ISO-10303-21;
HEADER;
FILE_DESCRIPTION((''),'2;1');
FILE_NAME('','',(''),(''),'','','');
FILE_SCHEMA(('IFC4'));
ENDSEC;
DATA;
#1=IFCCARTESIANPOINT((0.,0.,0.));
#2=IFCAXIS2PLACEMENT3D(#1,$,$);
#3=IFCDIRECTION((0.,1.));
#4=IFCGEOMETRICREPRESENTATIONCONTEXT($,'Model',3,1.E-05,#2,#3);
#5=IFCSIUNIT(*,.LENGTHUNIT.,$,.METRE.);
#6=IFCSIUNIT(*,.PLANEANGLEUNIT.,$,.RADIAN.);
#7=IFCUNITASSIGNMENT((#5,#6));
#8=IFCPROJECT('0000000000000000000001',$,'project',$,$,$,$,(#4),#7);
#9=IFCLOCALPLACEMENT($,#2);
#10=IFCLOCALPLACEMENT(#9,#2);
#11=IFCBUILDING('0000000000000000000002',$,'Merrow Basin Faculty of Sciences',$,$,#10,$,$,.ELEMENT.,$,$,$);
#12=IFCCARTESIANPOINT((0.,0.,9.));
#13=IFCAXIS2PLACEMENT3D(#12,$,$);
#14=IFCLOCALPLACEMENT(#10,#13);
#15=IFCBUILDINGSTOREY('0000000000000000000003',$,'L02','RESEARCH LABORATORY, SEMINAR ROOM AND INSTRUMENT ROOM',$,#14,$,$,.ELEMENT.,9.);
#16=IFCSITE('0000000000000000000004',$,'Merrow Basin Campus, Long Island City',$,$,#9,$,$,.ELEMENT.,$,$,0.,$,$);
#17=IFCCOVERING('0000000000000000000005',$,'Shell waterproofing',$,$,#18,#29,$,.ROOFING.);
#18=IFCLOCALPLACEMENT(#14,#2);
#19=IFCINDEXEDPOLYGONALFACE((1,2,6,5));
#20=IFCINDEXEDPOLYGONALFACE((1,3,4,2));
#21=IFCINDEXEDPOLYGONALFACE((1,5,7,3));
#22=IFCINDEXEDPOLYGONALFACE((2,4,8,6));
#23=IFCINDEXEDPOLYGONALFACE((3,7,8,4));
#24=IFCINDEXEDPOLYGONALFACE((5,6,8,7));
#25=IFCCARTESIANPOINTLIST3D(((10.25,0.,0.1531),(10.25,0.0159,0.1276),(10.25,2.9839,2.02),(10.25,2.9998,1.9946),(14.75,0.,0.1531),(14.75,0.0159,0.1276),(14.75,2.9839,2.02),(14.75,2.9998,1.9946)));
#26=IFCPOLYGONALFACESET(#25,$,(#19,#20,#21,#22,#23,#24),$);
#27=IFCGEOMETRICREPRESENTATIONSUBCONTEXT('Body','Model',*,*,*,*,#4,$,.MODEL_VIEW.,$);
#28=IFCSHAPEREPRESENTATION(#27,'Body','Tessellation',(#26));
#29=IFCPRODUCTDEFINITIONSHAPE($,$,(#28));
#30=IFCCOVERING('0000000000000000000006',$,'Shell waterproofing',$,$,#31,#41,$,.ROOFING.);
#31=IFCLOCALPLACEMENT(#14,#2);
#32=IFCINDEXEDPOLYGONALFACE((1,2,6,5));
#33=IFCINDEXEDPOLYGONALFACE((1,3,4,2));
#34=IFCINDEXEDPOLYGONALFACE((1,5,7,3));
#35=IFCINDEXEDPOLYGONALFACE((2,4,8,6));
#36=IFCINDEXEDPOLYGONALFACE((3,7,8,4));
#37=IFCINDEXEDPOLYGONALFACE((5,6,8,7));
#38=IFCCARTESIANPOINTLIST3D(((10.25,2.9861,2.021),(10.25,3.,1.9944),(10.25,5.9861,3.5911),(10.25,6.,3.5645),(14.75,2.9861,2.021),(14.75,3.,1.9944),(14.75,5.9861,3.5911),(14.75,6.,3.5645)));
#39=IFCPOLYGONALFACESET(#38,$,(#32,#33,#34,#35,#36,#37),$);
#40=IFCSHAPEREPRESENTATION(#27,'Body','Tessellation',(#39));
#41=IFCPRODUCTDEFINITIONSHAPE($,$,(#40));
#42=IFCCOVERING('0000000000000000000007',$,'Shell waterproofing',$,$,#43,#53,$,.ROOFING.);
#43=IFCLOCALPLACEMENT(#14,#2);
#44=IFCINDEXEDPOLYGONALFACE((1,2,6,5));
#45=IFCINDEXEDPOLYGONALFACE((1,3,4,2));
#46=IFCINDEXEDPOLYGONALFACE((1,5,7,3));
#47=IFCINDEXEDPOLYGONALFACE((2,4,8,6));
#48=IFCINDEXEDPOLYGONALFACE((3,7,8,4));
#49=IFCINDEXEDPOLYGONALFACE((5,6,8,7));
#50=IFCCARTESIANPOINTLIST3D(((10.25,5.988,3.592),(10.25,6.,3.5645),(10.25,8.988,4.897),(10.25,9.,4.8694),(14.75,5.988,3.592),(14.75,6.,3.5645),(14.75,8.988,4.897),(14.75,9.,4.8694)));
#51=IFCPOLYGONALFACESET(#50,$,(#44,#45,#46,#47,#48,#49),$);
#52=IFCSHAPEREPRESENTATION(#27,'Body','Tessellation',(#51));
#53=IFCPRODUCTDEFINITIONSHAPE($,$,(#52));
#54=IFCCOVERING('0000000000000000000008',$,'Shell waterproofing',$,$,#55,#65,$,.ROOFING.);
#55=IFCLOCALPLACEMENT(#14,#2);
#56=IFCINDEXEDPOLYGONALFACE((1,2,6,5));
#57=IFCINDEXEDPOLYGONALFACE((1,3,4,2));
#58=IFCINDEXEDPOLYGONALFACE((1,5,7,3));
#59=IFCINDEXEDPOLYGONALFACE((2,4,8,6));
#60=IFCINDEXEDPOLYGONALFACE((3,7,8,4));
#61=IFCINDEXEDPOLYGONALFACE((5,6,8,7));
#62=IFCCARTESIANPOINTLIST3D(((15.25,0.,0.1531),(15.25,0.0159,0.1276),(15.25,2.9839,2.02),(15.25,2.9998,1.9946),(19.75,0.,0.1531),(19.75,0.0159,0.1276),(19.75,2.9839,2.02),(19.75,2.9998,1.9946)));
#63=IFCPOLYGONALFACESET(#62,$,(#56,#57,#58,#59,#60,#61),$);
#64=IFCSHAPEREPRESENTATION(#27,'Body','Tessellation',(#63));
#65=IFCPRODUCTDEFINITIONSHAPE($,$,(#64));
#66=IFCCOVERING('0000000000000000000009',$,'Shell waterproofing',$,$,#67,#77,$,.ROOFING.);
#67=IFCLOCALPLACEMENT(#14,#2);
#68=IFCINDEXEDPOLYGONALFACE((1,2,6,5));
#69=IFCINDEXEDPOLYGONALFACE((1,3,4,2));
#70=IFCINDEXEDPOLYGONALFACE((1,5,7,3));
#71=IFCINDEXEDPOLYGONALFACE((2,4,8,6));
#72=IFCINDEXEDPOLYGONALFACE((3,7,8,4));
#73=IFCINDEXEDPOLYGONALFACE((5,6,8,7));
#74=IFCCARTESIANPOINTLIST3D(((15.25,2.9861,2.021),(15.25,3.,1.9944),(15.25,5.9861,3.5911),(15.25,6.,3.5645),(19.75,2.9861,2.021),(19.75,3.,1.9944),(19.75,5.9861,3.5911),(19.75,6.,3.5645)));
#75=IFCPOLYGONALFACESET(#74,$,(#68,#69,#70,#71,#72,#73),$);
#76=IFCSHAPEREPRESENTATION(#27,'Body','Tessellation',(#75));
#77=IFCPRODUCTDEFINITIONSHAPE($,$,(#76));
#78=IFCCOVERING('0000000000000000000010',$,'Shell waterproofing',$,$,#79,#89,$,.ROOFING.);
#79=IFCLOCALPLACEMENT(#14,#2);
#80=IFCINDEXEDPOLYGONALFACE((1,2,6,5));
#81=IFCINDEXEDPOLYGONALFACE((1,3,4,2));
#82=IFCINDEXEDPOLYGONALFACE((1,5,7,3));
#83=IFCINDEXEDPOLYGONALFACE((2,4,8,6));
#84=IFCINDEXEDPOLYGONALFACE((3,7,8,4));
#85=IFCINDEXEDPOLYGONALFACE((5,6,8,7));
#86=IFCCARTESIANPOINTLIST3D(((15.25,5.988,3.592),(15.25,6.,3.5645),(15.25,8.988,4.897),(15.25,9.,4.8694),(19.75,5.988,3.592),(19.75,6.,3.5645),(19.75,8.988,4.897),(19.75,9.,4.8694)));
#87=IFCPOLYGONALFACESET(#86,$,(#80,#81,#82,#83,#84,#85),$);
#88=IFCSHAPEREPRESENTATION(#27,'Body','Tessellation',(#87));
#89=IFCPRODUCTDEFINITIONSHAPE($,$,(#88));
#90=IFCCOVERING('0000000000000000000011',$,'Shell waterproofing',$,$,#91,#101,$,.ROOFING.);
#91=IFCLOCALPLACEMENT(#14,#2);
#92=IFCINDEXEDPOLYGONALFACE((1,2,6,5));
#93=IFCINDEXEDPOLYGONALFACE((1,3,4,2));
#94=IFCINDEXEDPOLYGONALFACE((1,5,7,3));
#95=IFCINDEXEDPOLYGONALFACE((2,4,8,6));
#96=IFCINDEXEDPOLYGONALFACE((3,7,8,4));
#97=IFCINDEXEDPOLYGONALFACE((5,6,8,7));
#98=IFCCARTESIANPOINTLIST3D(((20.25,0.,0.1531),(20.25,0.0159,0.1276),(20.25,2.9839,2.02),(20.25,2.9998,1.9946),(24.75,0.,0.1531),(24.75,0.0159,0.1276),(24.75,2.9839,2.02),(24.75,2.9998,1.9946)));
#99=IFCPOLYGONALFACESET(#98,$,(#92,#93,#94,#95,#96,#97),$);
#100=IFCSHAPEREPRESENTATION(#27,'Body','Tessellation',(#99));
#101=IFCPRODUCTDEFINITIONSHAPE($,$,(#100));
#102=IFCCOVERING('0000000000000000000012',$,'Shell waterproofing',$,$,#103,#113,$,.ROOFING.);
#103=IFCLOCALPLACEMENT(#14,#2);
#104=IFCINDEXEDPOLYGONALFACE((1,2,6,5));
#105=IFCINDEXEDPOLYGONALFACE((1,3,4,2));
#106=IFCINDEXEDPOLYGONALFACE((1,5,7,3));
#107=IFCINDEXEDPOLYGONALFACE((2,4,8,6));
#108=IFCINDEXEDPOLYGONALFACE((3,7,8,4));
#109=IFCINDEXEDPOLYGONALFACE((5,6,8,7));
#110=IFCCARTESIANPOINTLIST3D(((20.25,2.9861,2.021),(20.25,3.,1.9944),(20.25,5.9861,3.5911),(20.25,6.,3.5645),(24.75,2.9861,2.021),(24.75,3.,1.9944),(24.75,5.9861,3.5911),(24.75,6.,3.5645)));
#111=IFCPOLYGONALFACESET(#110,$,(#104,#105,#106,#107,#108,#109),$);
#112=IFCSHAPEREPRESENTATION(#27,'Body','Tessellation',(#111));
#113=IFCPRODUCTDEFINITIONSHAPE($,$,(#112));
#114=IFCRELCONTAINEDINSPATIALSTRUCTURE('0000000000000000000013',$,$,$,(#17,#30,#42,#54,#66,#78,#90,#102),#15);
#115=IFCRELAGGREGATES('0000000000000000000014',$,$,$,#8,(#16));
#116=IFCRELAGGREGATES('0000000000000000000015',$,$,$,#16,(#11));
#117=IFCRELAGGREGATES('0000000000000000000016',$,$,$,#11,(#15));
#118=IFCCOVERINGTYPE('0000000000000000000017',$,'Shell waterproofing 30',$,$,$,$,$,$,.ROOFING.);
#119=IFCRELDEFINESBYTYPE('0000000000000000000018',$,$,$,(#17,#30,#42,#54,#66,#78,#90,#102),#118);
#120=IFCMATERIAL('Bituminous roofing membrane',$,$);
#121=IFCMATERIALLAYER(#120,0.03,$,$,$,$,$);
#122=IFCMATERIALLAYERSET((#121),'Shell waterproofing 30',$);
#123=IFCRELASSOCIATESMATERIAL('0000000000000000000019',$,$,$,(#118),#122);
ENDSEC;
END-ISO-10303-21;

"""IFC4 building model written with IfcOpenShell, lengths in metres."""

from ifc_helpers import new_model, si_unit, direction, frame, origin, place, context, subcontext, project, spatial, polyline, outline, extrude, material, layer, layer_set, type_object, element, save


model = new_model("IFC4")

# Units and contexts
model_context = context("Model", 3, precision=1e-05, world=origin(), true_north=direction((0.0, 1.0)))
body_context = subcontext(model_context, "Body", "Model", "MODEL_VIEW")
ifc_project = project(units=[si_unit("LENGTHUNIT", "METRE"), si_unit("PLANEANGLEUNIT", "RADIAN")], contexts=[model_context])

# Site, building, storey
site_placement = place(None, origin())
site = spatial("IfcSite", under=ifc_project, at=site_placement, Name="Merrow Basin Campus, Long Island City", CompositionType="ELEMENT", RefElevation=0.0)
building_placement = place(site_placement, origin())
building = spatial("IfcBuilding", under=site, at=building_placement, Name="Merrow Basin Faculty of Sciences", CompositionType="ELEMENT")
storey_placement = place(building_placement, frame((0.0, 0.0, 9.0)))
storey = spatial("IfcBuildingStorey", under=building, at=storey_placement, Name="L02", Description="RESEARCH LABORATORY, SEMINAR ROOM AND INSTRUMENT ROOM", CompositionType="ELEMENT", Elevation=9.0)

# Coverings
ifc_material_1 = material(Name="Bituminous roofing membrane")
ifc_layer_1 = layer(ifc_material_1, 0.03)
ifc_layer_set_1 = layer_set([ifc_layer_1], Name="Shell waterproofing 30")
covering_type = type_object("IfcCoveringType", Name="Shell waterproofing 30", PredefinedType="ROOFING", material=ifc_layer_set_1)
covering_1_placement = place(storey_placement, frame((10.25, 0.0, 0.1531), z_axis=(0.0, -0.53041, 0.847741), x_axis=(1.0, 0.0, 0.0)))
element("IfcCovering", 1, at=covering_1_placement, inside=storey, type_object=covering_type, Name="Shell waterproofing", PredefinedType="ROOFING", context=body_context, shape_type="SweptSolid", body=[
    extrude(outline(polyline([(0.0, 0.0), (4.5, 0.0), (4.5, 3.5198), (0.0, 3.5198), (0.0, 0.0)])), origin(), (0.0, 0.0, -1.0), 0.03),
])
covering_2_placement = place(storey_placement, frame((10.25, 2.9861, 2.021), z_axis=(0.0, -0.463692, 0.885997), x_axis=(1.0, 0.0, 0.0)))
element("IfcCovering", 2, at=covering_2_placement, inside=storey, type_object=covering_type, Name="Shell waterproofing", PredefinedType="ROOFING", context=body_context, shape_type="SweptSolid", body=[
    extrude(outline(polyline([(0.0, 0.0), (4.5, 0.0), (4.5, 3.386), (0.0, 3.386), (0.0, 0.0)])), origin(), (0.0, 0.0, -1.0), 0.03),
])
covering_3_placement = place(storey_placement, frame((10.25, 5.988, 3.592), z_axis=(0.0, -0.398876, 0.917005), x_axis=(1.0, 0.0, 0.0)))
element("IfcCovering", 3, at=covering_3_placement, inside=storey, type_object=covering_type, Name="Shell waterproofing", PredefinedType="ROOFING", context=body_context, shape_type="SweptSolid", body=[
    extrude(outline(polyline([(0.0, 0.0), (4.5, 0.0), (4.5, 3.2715), (0.0, 3.2715), (0.0, 0.0)])), origin(), (0.0, 0.0, -1.0), 0.03),
])
covering_4_placement = place(storey_placement, frame((15.25, 0.0, 0.1531), z_axis=(0.0, -0.53041, 0.847741), x_axis=(1.0, 0.0, 0.0)))
element("IfcCovering", 4, at=covering_4_placement, inside=storey, type_object=covering_type, Name="Shell waterproofing", PredefinedType="ROOFING", context=body_context, shape_type="SweptSolid", body=[
    extrude(outline(polyline([(0.0, 0.0), (4.5, 0.0), (4.5, 3.5198), (0.0, 3.5198), (0.0, 0.0)])), origin(), (0.0, 0.0, -1.0), 0.03),
])
covering_5_placement = place(storey_placement, frame((15.25, 2.9861, 2.021), z_axis=(0.0, -0.463692, 0.885997), x_axis=(1.0, 0.0, 0.0)))
element("IfcCovering", 5, at=covering_5_placement, inside=storey, type_object=covering_type, Name="Shell waterproofing", PredefinedType="ROOFING", context=body_context, shape_type="SweptSolid", body=[
    extrude(outline(polyline([(0.0, 0.0), (4.5, 0.0), (4.5, 3.386), (0.0, 3.386), (0.0, 0.0)])), origin(), (0.0, 0.0, -1.0), 0.03),
])
covering_6_placement = place(storey_placement, frame((15.25, 5.988, 3.592), z_axis=(0.0, -0.398876, 0.917005), x_axis=(1.0, 0.0, 0.0)))
element("IfcCovering", 6, at=covering_6_placement, inside=storey, type_object=covering_type, Name="Shell waterproofing", PredefinedType="ROOFING", context=body_context, shape_type="SweptSolid", body=[
    extrude(outline(polyline([(0.0, 0.0), (4.5, 0.0), (4.5, 3.2715), (0.0, 3.2715), (0.0, 0.0)])), origin(), (0.0, 0.0, -1.0), 0.03),
])
covering_7_placement = place(storey_placement, frame((20.25, 0.0, 0.1531), z_axis=(0.0, -0.53041, 0.847741), x_axis=(1.0, 0.0, 0.0)))
element("IfcCovering", 7, at=covering_7_placement, inside=storey, type_object=covering_type, Name="Shell waterproofing", PredefinedType="ROOFING", context=body_context, shape_type="SweptSolid", body=[
    extrude(outline(polyline([(0.0, 0.0), (4.5, 0.0), (4.5, 3.5198), (0.0, 3.5198), (0.0, 0.0)])), origin(), (0.0, 0.0, -1.0), 0.03),
])
covering_8_placement = place(storey_placement, frame((20.25, 2.9861, 2.021), z_axis=(0.0, -0.463692, 0.885997), x_axis=(1.0, 0.0, 0.0)))
element("IfcCovering", 8, at=covering_8_placement, inside=storey, type_object=covering_type, Name="Shell waterproofing", PredefinedType="ROOFING", context=body_context, shape_type="SweptSolid", body=[
    extrude(outline(polyline([(0.0, 0.0), (4.5, 0.0), (4.5, 3.386), (0.0, 3.386), (0.0, 0.0)])), origin(), (0.0, 0.0, -1.0), 0.03),
])

save(model, "model.ifc")
